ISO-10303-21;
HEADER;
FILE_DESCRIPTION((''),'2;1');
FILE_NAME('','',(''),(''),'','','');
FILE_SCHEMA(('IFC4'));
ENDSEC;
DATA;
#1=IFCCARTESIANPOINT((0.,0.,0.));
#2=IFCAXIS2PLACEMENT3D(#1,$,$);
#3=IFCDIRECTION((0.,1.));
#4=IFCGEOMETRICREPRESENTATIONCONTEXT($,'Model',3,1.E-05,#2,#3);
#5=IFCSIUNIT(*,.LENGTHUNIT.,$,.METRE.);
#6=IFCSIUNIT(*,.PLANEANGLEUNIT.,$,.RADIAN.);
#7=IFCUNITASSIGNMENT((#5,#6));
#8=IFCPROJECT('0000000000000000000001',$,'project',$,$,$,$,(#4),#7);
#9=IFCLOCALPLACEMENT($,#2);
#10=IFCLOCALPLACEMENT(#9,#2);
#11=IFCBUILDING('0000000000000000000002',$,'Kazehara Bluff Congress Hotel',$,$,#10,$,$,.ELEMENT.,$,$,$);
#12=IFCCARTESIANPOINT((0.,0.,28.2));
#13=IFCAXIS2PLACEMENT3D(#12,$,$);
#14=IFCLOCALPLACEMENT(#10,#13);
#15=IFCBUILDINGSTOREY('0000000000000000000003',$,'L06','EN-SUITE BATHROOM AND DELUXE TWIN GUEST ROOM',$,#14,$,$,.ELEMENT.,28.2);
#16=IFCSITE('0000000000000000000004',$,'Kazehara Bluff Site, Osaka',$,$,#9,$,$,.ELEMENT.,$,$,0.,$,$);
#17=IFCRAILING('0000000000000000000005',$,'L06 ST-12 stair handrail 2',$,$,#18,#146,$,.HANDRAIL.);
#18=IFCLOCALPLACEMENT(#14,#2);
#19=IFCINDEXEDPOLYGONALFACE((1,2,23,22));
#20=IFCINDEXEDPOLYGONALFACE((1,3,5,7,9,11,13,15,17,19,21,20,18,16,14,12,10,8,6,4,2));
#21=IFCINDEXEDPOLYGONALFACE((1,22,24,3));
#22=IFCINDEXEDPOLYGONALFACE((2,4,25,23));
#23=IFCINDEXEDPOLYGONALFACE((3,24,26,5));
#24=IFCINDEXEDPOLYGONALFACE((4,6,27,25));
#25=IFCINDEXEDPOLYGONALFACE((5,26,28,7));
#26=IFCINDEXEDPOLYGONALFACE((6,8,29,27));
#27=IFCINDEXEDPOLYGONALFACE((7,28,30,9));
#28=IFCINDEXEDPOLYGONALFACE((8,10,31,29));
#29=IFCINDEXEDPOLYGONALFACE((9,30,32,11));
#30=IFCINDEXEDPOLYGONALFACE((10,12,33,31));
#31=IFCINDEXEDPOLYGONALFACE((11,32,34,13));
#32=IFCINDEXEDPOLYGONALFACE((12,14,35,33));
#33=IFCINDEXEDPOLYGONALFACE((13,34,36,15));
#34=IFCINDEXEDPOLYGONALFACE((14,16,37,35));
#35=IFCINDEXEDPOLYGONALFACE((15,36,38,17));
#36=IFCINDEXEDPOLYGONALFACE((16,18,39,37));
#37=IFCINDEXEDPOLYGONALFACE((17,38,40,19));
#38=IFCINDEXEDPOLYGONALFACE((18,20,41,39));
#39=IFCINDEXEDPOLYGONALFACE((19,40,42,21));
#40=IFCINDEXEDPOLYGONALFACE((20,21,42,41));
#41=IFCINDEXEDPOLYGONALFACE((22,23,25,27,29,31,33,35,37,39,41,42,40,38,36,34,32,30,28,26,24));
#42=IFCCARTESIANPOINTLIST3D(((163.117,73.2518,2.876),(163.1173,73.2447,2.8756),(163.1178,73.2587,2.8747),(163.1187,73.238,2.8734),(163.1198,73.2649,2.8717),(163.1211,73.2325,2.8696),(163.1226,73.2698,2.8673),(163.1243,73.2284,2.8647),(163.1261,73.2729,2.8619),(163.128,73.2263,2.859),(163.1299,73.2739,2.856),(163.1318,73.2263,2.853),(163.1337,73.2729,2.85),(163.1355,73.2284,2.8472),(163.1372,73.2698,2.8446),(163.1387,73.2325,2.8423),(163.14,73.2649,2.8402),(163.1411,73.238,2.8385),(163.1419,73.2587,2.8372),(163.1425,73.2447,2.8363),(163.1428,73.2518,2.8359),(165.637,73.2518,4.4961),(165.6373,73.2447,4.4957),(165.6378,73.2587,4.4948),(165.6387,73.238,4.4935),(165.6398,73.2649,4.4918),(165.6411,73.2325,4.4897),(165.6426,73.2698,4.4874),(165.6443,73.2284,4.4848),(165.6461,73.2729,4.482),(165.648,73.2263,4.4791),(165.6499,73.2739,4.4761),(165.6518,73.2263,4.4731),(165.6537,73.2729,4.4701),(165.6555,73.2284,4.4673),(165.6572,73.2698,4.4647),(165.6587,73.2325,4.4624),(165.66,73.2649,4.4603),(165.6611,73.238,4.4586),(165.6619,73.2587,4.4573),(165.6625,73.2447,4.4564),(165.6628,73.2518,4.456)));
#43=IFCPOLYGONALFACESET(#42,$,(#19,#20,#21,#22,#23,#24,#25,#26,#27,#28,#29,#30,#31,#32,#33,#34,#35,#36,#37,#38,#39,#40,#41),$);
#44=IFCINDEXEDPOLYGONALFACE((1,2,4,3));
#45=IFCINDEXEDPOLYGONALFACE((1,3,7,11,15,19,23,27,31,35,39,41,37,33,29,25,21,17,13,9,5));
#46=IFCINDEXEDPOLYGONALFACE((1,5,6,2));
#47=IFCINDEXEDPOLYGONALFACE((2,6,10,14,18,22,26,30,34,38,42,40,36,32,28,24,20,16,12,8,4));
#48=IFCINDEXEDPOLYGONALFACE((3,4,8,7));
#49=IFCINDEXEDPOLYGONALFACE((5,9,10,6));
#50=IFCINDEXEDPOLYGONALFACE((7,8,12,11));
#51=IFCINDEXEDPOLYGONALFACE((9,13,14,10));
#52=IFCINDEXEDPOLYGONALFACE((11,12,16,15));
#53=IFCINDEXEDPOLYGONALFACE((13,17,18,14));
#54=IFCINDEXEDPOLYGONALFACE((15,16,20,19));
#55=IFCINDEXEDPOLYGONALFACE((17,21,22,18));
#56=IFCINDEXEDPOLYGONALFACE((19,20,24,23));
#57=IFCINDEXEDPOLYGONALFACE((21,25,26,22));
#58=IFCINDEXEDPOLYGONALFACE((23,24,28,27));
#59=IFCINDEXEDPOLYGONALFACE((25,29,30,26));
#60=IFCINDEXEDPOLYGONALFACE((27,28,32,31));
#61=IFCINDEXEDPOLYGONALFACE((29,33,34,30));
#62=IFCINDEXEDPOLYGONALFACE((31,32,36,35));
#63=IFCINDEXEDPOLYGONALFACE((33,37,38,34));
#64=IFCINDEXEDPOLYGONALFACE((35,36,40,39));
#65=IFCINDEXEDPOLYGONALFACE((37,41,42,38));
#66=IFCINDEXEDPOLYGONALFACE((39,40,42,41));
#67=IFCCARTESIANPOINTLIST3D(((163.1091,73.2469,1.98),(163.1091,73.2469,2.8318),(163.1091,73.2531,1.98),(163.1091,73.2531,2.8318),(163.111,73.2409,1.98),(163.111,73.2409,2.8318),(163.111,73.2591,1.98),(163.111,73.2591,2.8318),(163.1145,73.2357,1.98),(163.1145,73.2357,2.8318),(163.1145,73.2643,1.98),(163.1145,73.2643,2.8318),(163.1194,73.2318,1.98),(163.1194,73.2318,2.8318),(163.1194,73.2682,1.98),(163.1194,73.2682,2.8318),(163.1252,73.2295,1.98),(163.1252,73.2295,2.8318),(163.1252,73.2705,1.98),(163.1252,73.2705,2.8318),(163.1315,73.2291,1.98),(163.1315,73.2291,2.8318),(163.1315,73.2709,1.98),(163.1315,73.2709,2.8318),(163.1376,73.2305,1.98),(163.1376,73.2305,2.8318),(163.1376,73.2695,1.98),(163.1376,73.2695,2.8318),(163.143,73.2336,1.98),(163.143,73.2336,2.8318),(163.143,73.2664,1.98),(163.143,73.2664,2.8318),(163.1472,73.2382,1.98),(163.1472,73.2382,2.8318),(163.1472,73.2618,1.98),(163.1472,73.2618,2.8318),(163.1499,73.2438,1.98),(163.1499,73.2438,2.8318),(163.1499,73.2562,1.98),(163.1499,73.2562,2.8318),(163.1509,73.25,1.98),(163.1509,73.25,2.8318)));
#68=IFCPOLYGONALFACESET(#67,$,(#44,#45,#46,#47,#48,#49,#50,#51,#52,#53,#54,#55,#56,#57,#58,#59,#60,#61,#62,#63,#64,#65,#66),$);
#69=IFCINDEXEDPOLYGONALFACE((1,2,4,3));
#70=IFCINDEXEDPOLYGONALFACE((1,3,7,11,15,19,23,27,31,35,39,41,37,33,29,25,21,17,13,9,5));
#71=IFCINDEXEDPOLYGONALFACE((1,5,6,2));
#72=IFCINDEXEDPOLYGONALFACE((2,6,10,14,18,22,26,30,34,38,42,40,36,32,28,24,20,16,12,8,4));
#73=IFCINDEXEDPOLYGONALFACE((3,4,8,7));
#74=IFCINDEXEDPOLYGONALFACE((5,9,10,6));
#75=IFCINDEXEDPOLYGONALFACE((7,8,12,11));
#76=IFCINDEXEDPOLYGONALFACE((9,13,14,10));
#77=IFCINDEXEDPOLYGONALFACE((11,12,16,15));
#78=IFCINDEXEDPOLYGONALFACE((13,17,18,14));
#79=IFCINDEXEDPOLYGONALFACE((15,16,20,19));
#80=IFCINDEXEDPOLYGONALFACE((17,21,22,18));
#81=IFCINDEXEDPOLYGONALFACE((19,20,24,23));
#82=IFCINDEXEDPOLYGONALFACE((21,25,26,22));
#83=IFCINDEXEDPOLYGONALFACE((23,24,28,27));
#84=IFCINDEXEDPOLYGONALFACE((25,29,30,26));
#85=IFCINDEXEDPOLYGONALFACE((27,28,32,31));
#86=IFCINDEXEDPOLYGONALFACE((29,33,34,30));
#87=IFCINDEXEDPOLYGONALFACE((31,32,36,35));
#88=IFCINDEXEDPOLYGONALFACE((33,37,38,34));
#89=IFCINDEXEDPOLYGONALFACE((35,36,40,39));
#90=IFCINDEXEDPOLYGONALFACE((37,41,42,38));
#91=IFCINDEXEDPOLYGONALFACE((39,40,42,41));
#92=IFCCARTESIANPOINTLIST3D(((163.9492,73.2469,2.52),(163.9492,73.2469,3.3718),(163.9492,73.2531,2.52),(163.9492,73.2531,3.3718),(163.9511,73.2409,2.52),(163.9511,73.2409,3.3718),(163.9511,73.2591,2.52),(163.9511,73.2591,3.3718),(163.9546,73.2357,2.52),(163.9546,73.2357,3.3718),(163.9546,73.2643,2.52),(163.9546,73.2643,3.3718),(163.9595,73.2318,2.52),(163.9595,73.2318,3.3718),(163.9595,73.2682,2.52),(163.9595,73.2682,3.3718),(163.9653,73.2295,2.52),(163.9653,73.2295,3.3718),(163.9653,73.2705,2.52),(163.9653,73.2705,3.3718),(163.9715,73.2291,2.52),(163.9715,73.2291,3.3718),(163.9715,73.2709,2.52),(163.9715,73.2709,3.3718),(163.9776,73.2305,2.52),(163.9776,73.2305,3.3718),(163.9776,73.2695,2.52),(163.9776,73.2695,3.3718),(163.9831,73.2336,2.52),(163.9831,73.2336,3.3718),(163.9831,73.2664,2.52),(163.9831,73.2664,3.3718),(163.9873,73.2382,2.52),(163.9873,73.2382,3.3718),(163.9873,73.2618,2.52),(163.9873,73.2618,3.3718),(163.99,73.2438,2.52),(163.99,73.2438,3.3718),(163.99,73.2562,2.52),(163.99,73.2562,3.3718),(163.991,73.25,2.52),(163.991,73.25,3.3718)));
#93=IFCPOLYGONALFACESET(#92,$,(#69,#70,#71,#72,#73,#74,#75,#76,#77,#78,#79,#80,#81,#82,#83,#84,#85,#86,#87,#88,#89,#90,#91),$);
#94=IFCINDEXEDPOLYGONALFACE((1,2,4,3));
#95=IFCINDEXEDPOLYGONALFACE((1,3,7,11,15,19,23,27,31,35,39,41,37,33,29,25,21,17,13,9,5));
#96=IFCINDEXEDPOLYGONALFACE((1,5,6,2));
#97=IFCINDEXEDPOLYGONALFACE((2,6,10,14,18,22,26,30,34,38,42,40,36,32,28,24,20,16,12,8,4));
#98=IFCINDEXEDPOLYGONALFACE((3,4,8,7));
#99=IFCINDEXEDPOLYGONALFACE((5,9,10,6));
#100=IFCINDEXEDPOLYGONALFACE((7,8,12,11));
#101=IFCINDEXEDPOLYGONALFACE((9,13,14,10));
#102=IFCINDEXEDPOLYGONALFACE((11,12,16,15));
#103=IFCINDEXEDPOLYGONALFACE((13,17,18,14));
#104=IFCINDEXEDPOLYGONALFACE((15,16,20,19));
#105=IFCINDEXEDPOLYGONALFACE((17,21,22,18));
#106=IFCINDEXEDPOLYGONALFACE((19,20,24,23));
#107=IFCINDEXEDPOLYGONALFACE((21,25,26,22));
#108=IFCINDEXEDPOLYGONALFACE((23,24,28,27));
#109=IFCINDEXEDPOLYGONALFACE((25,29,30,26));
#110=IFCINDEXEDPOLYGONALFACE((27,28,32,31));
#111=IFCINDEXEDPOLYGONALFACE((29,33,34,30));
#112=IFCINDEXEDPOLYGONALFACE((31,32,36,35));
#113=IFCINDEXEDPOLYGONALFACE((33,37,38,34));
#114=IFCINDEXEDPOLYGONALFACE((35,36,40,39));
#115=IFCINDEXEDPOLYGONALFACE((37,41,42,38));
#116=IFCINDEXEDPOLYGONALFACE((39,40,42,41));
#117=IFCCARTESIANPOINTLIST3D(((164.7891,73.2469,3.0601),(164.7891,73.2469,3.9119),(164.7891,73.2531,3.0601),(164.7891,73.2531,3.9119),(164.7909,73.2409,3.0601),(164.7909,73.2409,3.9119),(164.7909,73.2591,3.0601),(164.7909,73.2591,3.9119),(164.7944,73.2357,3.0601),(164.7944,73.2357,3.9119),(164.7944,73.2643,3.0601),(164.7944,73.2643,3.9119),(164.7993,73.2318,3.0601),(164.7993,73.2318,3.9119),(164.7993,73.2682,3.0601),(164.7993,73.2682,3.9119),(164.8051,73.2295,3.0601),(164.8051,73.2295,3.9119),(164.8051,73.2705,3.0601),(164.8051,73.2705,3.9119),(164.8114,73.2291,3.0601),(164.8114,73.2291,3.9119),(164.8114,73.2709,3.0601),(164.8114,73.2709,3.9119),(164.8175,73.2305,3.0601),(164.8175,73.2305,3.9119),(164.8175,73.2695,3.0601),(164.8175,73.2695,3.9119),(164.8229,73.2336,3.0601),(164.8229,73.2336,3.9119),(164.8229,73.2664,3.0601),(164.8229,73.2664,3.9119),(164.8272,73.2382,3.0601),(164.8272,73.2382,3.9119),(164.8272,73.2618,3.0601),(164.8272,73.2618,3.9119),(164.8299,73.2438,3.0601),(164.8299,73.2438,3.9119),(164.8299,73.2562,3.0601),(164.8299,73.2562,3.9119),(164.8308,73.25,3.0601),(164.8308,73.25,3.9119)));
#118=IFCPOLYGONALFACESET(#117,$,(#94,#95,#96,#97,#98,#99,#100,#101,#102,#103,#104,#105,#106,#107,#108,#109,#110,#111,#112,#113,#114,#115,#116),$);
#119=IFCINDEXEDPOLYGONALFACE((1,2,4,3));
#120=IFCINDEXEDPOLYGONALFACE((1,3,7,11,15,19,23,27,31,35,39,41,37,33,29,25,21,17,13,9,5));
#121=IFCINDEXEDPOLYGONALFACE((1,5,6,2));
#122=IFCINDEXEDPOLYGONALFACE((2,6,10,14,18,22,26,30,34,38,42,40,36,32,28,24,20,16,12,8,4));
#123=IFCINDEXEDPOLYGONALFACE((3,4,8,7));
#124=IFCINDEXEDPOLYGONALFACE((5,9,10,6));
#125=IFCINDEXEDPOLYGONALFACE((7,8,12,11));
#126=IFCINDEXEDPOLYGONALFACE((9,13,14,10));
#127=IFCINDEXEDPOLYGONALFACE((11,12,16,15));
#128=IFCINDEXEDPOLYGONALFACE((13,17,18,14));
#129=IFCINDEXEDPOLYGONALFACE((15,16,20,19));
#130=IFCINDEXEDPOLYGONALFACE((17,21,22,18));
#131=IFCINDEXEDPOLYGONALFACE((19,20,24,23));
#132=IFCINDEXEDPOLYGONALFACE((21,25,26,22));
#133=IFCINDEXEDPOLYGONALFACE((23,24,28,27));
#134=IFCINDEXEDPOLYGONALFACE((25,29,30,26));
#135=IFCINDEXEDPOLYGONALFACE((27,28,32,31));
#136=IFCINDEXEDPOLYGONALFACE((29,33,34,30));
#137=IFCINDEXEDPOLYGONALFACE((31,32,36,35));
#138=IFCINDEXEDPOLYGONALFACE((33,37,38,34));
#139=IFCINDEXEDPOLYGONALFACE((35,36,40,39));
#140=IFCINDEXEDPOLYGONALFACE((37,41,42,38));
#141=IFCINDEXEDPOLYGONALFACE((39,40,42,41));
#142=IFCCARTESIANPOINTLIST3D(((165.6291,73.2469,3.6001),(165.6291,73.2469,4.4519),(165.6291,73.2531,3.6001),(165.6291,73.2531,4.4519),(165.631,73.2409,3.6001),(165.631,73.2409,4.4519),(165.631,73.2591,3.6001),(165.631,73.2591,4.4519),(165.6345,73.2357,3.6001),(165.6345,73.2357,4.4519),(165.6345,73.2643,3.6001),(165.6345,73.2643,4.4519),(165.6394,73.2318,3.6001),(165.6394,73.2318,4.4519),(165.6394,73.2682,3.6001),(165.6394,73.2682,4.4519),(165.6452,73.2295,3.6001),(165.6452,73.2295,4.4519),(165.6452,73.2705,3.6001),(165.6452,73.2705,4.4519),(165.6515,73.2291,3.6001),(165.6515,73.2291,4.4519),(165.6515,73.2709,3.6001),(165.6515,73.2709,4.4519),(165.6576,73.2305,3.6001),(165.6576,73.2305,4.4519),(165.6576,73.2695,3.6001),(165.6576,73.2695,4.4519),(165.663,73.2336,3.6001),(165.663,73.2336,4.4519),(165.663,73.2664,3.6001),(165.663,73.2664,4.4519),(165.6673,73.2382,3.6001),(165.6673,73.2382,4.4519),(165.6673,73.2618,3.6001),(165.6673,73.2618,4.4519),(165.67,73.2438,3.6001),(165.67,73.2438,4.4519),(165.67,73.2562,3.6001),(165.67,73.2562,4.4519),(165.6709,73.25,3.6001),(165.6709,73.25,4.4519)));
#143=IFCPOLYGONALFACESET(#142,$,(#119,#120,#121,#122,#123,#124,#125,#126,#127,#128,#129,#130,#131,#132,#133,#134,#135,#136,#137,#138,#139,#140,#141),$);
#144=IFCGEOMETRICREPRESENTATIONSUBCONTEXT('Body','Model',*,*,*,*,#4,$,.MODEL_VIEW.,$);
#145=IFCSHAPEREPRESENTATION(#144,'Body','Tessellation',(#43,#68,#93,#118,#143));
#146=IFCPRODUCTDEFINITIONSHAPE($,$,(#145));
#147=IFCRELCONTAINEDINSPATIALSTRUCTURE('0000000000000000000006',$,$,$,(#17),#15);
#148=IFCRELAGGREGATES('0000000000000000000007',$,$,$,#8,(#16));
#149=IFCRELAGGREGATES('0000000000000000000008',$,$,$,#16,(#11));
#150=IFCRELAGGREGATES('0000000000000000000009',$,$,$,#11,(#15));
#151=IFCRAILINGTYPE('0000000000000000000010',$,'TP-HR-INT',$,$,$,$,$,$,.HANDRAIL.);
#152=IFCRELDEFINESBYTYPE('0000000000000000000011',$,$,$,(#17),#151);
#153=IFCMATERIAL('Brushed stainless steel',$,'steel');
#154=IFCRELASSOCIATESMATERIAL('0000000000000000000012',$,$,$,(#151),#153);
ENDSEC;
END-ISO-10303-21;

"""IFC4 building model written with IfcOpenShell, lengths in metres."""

from ifc_helpers import new_model, si_unit, direction, frame, origin, origin_2d, place, context, subcontext, project, spatial, circle, extrude, material, type_object, element, save


model = new_model("IFC4")

# Units and contexts
model_context = context("Model", 3, precision=1e-05, world=origin(), true_north=direction((0.0, 1.0)))
body_context = subcontext(model_context, "Body", "Model", "MODEL_VIEW")
ifc_project = project(units=[si_unit("LENGTHUNIT", "METRE"), si_unit("PLANEANGLEUNIT", "RADIAN")], contexts=[model_context])

# Site, building, storey
site_placement = place(None, origin())
site = spatial("IfcSite", under=ifc_project, at=site_placement, Name="Kazehara Bluff Site, Osaka", CompositionType="ELEMENT", RefElevation=0.0)
building_placement = place(site_placement, origin())
building = spatial("IfcBuilding", under=site, at=building_placement, Name="Kazehara Bluff Congress Hotel", CompositionType="ELEMENT")
storey_placement = place(building_placement, frame((0.0, 0.0, 28.2)))
storey = spatial("IfcBuildingStorey", under=building, at=storey_placement, Name="L06", Description="EN-SUITE BATHROOM AND DELUXE TWIN GUEST ROOM", CompositionType="ELEMENT", Elevation=28.2)

# Railing
ifc_material_1 = material(Name="Brushed stainless steel", Category="steel")
railing_type_1 = type_object("IfcRailingType", Name="TP-HR-INT", PredefinedType="HANDRAIL", material=ifc_material_1)
railing_1_placement = place(storey_placement, frame((163.1299, 73.25, 1.98)))
element("IfcRailing", 1, at=railing_1_placement, inside=storey, type_object=railing_type_1, Name="L06 ST-12 stair handrail 2", PredefinedType="HANDRAIL", context=body_context, shape_type="SweptSolid", body=[
    extrude(circle(Radius=0.0239, at=origin_2d()), frame((0.0, 0.0, 0.876), z_axis=(0.841163, 0.0, 0.540782), x_axis=(0.0, 1.0, 0.0)), (0.0, 0.0, 1.0), 2.9958),
    extrude(circle(Radius=0.021, at=origin_2d()), origin(), (0.0, 0.0, 1.0), 0.8518),
    extrude(circle(Radius=0.021, at=origin_2d()), frame((0.8401, 0.0, 0.54)), (0.0, 0.0, 1.0), 0.8518),
    extrude(circle(Radius=0.021, at=origin_2d()), frame((1.6799, 0.0, 1.0801)), (0.0, 0.0, 1.0), 0.8518),
    extrude(circle(Radius=0.021, at=origin_2d()), frame((2.52, 0.0, 1.6201)), (0.0, 0.0, 1.0), 0.8518),
])

save(model, "model.ifc")
